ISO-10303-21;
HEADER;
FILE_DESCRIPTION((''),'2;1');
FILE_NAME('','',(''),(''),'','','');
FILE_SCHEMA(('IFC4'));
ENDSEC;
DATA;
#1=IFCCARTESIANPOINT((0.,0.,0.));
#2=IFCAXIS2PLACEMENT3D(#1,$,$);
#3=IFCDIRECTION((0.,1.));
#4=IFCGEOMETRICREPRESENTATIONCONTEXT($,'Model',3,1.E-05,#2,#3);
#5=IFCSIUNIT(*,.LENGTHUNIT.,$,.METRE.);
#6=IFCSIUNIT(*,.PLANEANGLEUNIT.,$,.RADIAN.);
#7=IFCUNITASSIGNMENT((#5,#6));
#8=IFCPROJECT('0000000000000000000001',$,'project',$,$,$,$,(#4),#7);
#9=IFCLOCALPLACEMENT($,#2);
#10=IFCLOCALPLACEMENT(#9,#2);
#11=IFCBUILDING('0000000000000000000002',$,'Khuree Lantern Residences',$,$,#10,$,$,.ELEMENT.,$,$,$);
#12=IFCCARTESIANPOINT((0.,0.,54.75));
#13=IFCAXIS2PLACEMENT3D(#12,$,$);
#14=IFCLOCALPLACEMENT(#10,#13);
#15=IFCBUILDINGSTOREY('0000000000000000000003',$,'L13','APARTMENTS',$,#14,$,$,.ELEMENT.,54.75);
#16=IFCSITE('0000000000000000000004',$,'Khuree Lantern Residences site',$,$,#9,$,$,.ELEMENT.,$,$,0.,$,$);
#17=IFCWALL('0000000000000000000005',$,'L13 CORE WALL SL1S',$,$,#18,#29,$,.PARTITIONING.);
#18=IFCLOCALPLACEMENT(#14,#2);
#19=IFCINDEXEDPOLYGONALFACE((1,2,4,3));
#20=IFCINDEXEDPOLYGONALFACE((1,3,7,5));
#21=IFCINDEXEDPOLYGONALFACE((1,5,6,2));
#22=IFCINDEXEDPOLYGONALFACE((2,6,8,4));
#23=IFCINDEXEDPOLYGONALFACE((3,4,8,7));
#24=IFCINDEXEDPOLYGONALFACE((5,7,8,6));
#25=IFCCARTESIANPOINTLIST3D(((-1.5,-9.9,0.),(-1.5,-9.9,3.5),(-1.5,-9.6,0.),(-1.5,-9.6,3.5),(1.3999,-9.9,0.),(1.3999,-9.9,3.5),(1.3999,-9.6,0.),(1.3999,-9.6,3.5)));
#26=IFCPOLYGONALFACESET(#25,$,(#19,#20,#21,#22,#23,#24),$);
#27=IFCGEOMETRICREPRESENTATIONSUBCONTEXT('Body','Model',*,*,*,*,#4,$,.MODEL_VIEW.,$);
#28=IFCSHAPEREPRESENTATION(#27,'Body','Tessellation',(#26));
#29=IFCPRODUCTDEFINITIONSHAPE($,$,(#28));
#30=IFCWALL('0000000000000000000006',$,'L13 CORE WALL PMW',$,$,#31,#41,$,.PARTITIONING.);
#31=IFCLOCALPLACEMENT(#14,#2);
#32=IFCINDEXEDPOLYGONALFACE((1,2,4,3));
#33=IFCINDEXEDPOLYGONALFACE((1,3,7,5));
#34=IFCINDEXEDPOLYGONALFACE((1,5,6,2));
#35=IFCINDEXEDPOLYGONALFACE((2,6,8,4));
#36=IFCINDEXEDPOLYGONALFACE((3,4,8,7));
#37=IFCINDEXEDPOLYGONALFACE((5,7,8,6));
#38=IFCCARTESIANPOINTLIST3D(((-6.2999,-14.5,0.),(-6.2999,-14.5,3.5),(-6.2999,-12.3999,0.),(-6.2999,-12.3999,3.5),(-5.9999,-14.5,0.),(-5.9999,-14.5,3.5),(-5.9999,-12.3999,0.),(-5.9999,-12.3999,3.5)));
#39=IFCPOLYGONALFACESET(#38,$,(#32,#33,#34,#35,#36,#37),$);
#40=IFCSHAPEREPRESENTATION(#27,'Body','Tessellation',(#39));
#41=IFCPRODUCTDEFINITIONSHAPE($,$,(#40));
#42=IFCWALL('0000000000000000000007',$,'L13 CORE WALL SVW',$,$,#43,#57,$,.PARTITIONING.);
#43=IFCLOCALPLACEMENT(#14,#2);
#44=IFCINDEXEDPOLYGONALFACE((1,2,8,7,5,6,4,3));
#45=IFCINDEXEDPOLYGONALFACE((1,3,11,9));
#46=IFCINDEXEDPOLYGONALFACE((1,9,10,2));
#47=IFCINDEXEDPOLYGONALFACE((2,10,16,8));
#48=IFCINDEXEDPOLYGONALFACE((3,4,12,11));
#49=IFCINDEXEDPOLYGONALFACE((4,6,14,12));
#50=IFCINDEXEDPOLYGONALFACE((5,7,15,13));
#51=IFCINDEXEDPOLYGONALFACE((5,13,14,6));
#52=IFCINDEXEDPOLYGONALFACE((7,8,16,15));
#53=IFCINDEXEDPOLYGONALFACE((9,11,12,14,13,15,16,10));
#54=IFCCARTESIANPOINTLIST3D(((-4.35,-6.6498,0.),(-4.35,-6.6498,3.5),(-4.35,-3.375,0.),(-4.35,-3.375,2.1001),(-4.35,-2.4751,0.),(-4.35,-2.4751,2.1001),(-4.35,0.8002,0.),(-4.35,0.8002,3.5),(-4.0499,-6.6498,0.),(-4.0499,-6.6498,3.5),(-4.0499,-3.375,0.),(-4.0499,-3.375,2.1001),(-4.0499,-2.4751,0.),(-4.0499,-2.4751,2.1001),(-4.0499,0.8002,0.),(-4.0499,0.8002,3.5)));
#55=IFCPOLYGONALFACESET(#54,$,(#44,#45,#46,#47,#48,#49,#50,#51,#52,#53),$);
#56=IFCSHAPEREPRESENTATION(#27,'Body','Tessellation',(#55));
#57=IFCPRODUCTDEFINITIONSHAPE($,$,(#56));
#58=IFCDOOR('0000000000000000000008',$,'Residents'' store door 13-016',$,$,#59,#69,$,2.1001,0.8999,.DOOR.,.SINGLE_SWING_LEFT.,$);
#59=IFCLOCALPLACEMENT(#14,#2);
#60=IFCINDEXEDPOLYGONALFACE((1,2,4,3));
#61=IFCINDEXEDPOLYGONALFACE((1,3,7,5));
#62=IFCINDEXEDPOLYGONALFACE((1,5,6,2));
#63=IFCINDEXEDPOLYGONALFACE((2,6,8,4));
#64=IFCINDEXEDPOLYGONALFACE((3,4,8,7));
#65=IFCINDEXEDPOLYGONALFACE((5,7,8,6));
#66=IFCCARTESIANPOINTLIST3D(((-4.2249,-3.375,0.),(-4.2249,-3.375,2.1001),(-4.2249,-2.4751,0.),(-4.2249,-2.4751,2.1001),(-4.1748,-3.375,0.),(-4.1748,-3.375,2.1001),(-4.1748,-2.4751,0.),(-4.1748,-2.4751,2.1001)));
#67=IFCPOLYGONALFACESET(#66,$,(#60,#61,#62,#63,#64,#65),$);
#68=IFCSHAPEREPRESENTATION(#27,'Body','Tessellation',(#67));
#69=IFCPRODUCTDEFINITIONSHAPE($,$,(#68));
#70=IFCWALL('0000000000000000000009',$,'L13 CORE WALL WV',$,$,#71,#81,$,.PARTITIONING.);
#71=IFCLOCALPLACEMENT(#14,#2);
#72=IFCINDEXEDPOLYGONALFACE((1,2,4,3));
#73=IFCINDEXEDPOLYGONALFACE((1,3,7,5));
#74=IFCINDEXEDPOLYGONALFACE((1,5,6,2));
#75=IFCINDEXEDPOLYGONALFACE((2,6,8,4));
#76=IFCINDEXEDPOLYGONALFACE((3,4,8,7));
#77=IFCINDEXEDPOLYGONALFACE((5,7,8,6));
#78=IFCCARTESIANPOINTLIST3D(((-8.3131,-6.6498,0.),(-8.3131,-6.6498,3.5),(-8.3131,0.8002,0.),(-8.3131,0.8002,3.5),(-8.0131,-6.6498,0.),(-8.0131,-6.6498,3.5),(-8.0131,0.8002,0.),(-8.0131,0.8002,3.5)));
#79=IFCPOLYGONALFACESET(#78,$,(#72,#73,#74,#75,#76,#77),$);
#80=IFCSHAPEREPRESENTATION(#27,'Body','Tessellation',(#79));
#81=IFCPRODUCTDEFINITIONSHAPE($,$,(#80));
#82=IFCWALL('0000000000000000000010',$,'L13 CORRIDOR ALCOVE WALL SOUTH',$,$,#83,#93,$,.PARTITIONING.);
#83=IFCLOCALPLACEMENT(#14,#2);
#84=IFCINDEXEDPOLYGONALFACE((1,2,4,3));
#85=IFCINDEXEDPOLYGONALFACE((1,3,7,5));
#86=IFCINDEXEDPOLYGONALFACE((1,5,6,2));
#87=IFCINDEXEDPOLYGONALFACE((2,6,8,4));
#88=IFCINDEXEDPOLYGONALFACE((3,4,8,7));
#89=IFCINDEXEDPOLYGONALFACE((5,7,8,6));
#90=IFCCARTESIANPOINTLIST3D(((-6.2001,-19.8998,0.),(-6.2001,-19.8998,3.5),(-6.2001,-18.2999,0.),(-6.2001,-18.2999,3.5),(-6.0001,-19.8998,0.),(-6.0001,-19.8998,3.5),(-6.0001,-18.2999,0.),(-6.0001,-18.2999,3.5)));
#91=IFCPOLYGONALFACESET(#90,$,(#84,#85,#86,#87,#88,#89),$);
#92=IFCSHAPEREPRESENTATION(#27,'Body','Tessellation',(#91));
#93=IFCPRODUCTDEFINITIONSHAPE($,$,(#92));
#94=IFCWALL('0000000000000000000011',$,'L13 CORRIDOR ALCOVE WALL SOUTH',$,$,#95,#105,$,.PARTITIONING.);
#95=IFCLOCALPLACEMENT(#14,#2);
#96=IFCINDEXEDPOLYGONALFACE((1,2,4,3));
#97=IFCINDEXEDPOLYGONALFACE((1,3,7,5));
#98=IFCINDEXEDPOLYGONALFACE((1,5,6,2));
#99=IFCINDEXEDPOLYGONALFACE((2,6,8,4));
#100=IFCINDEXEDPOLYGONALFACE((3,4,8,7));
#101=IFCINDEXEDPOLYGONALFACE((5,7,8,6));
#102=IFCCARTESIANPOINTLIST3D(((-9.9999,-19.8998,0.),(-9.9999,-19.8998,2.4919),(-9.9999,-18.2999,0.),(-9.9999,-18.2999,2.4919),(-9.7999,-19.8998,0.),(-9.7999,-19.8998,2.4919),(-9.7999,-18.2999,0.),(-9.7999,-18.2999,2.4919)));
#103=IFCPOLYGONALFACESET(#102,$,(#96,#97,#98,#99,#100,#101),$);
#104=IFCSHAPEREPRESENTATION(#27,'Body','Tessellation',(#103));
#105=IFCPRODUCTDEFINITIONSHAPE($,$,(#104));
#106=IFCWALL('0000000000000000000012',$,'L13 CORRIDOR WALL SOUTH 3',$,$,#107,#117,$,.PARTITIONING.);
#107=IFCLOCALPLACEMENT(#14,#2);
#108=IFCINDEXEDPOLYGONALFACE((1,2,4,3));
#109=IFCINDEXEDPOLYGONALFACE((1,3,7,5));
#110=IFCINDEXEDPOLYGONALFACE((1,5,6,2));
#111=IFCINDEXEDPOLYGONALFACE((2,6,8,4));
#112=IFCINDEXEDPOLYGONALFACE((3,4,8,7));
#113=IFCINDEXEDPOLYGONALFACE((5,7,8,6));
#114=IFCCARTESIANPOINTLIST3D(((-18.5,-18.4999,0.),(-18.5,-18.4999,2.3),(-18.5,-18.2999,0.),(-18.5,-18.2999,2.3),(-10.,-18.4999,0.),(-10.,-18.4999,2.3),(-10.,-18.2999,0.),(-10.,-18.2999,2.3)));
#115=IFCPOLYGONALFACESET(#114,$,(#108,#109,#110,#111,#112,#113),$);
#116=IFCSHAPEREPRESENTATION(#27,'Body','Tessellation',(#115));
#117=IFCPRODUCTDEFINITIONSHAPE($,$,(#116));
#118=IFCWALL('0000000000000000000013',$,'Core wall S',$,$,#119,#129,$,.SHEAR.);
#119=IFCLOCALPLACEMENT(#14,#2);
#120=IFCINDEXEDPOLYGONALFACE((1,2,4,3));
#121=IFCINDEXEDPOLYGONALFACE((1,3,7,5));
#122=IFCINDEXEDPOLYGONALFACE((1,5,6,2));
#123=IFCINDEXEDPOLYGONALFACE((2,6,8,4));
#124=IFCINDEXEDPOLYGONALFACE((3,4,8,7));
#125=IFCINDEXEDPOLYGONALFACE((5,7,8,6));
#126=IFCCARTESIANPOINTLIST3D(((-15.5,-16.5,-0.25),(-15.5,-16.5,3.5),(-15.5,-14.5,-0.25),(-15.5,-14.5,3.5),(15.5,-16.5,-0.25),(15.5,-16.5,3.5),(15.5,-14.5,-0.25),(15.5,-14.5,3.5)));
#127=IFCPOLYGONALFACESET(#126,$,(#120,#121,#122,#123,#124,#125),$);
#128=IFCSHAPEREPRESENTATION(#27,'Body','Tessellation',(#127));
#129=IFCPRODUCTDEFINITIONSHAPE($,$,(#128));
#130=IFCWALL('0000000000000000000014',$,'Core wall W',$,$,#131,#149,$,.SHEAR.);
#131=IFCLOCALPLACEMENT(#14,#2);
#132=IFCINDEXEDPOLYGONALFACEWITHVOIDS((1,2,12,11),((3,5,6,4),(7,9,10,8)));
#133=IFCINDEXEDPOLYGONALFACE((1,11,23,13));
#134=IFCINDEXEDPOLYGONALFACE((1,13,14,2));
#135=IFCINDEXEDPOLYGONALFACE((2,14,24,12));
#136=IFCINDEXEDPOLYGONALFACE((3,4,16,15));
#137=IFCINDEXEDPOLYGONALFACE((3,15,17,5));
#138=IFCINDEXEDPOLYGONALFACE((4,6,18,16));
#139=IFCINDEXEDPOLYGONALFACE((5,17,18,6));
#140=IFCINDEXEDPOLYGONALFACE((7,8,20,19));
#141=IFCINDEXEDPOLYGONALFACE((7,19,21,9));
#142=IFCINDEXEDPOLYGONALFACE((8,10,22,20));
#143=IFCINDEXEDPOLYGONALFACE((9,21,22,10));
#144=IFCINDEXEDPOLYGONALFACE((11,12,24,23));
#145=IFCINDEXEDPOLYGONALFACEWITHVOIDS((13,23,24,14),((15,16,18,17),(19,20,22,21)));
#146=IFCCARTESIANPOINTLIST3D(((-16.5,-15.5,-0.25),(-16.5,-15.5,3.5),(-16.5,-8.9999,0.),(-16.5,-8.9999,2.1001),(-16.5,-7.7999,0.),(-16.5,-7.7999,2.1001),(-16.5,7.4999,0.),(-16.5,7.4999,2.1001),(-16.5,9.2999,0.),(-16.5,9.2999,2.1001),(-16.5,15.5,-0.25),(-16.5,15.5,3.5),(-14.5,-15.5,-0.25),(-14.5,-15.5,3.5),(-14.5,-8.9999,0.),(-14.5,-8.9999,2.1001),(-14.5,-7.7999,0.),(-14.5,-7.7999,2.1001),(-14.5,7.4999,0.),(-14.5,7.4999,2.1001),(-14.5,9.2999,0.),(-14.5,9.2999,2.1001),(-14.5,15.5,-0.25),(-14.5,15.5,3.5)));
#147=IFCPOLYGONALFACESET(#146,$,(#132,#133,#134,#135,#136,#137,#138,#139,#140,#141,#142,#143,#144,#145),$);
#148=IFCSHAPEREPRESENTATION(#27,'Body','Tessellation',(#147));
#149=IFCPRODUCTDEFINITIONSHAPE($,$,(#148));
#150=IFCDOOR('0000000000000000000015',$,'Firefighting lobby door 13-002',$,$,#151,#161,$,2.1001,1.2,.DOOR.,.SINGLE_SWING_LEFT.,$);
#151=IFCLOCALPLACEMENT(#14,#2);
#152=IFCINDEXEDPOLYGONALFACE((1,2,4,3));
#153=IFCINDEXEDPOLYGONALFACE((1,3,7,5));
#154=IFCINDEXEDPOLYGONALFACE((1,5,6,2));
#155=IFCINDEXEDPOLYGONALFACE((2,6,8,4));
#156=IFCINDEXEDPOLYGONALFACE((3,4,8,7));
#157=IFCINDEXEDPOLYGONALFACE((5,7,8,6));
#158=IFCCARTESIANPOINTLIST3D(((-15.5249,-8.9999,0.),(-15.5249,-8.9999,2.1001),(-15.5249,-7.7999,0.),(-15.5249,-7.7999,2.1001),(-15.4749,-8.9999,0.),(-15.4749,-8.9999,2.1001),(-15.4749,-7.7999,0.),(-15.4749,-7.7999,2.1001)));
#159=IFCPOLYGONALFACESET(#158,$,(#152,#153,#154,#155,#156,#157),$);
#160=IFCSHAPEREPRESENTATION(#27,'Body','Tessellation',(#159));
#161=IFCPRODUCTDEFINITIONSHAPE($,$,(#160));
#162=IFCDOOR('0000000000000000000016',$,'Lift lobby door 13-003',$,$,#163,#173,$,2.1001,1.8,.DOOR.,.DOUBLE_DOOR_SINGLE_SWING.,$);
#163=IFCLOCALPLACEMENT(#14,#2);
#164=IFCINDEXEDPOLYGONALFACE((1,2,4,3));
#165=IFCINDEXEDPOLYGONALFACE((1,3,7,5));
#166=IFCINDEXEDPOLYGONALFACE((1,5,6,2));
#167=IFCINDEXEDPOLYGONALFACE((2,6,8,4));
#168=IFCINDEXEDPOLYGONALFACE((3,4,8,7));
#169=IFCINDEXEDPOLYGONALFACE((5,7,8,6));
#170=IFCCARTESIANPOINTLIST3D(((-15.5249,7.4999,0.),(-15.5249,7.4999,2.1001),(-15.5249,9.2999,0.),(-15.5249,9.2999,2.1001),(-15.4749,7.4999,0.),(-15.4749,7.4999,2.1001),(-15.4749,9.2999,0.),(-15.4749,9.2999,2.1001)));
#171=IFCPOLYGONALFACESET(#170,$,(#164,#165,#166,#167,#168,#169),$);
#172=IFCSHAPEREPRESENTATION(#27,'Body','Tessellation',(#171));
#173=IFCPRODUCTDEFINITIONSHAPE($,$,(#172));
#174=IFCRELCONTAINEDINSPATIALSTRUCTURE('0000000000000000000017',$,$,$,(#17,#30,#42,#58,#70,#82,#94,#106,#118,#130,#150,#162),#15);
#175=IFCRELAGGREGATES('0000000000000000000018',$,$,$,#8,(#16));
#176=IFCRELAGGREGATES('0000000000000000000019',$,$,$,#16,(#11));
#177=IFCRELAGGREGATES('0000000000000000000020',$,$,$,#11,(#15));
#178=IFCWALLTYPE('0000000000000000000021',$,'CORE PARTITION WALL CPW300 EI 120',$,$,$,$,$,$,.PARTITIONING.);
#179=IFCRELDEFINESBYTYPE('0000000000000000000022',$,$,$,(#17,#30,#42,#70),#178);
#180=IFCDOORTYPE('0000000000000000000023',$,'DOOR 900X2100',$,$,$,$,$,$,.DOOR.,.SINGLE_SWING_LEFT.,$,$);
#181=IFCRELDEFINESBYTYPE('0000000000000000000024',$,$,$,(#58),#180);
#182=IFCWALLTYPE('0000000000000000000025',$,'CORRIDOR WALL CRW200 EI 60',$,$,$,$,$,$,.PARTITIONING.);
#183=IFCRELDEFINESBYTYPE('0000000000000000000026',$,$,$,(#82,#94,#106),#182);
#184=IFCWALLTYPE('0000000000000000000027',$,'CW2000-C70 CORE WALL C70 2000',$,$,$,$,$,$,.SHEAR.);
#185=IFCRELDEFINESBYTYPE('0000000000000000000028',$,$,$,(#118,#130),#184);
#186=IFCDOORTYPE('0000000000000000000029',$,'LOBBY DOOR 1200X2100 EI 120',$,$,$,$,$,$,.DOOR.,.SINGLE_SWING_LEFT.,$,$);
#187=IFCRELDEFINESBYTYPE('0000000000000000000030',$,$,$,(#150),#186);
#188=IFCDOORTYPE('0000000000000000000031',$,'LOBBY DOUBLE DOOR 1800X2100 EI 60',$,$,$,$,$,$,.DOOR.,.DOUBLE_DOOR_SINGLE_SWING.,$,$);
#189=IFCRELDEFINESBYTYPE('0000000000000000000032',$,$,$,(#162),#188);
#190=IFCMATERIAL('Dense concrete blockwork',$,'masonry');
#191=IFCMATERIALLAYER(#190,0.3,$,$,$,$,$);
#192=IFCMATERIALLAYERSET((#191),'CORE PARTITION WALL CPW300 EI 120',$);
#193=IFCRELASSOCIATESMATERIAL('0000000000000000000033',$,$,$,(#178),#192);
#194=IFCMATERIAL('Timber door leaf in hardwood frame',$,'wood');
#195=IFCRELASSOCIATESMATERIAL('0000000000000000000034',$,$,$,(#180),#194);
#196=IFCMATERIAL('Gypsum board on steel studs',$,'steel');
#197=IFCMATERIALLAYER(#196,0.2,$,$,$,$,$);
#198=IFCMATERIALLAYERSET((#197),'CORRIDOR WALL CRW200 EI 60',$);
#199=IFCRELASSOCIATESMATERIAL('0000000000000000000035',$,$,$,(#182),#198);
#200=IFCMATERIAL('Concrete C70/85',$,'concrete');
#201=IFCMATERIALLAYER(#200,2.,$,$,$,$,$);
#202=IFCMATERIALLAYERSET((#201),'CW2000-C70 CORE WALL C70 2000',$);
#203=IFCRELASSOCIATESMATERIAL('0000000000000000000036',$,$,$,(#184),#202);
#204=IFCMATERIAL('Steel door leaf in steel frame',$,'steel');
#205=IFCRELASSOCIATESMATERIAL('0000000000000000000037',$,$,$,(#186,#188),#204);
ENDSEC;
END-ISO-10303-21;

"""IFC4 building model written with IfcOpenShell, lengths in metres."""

from ifc_helpers import new_model, si_unit, direction, frame, frame_2d, origin, place, context, subcontext, project, spatial, rectangle, extrude, material, layer, layer_set, type_object, element, fill, save


model = new_model("IFC4")

# Units and contexts
model_context = context("Model", 3, precision=1e-05, world=origin(), true_north=direction((0.0, 1.0)))
body_context = subcontext(model_context, "Body", "Model", "MODEL_VIEW")
ifc_project = project(units=[si_unit("LENGTHUNIT", "METRE"), si_unit("PLANEANGLEUNIT", "RADIAN")], contexts=[model_context])

# Site, building, storey
site_placement = place(None, origin())
site = spatial("IfcSite", under=ifc_project, at=site_placement, Name="Khuree Lantern Residences site", CompositionType="ELEMENT", RefElevation=0.0)
building_placement = place(site_placement, origin())
building = spatial("IfcBuilding", under=site, at=building_placement, Name="Khuree Lantern Residences", CompositionType="ELEMENT")
storey_placement = place(building_placement, frame((0.0, 0.0, 54.75)))
storey = spatial("IfcBuildingStorey", under=building, at=storey_placement, Name="L13", Description="APARTMENTS", CompositionType="ELEMENT", Elevation=54.75)

# Shared definitions
ifc_material_1 = material(Name="Concrete C70/85", Category="concrete")

# Shared definitions
ifc_material_2 = material(Name="Dense concrete blockwork", Category="masonry")
ifc_layer_1 = layer(ifc_material_2, 0.3)
ifc_layer_set_1 = layer_set([ifc_layer_1], Name="CORE PARTITION WALL CPW300 EI 120")
wall_type_1 = type_object("IfcWallType", Name="CORE PARTITION WALL CPW300 EI 120", PredefinedType="PARTITIONING", material=ifc_layer_set_1)

# Shared definitions
ifc_material_3 = material(Name="Steel door leaf in steel frame", Category="steel")

# Walls
for number, where, z_axis, x_axis, name in (
    (1, (-1.5, -9.75, 0.0), (0.0, 0.0, 1.0), (1.0, 0.0, 0.0), "L13 CORE WALL SL1S"),
):
    element("IfcWall", number, at=place(storey_placement, frame(where, z_axis=z_axis, x_axis=x_axis)), inside=storey, type_object=wall_type_1, Name=name, PredefinedType="PARTITIONING", context=body_context, shape_type="SweptSolid", body=[
        extrude(rectangle(XDim=2.8999, YDim=0.3, at=frame_2d((1.45, 0.0))), origin(), (0.0, 0.0, 1.0), 3.5),
    ])
wall_1_placement = place(storey_placement, frame((-6.1499, -14.5, 0.0), z_axis=(0.0, 0.0, 1.0), x_axis=(0.0, 1.0, 0.0)))
element("IfcWall", 2, at=wall_1_placement, inside=storey, type_object=wall_type_1, Name="L13 CORE WALL PMW", PredefinedType="PARTITIONING", context=body_context, shape_type="SweptSolid", body=[
    extrude(rectangle(XDim=2.1001, YDim=0.3, at=frame_2d((1.05, 0.0))), origin(), (0.0, 0.0, 1.0), 3.5),
])

# Wall, opening, door
wall_2_placement = place(storey_placement, frame((-4.2, -6.6499, 0.0), z_axis=(0.0, 0.0, 1.0), x_axis=(0.0, 1.0, 0.0)))
wall_2 = element("IfcWall", 3, at=wall_2_placement, inside=storey, type_object=wall_type_1, Name="L13 CORE WALL SVW", PredefinedType="PARTITIONING", context=body_context, shape_type="SweptSolid", body=[
    extrude(rectangle(XDim=7.45, YDim=0.3, at=frame_2d((3.7251, 0.0))), origin(), (0.0, 0.0, 1.0), 3.5),
])
opening_1_placement = place(wall_2_placement, frame((3.2749, 0.0, 0.0)))
opening_1 = element("IfcOpeningElement", 4, at=opening_1_placement, cuts=wall_2, PredefinedType="OPENING", context=body_context, shape_type="SweptSolid", body=[
    extrude(rectangle(XDim=0.8999, YDim=2.1001, at=frame_2d((0.45, 1.05))), frame((0.0, 0.1602, 0.0), z_axis=(0.0, -1.0, 0.0), x_axis=(1.0, 0.0, 0.0)), (0.0, 0.0, 1.0), 0.3201),
])
ifc_material_4 = material(Name="Timber door leaf in hardwood frame", Category="wood")
door_type_1 = type_object("IfcDoorType", Name="DOOR 900X2100", OperationType="SINGLE_SWING_LEFT", PredefinedType="DOOR", material=ifc_material_4)
door_1_placement = place(opening_1_placement, origin())
door_1 = element("IfcDoor", 5, at=door_1_placement, inside=storey, type_object=door_type_1, Name="Residents' store door 13-016", OperationType="SINGLE_SWING_LEFT", OverallHeight=2.1001, OverallWidth=0.8999, PredefinedType="DOOR", context=body_context, shape_type="SweptSolid", body=[
    extrude(rectangle(XDim=0.8999, YDim=2.1001, at=frame_2d((0.45, 1.05))), frame((0.0, 0.0249, 0.0), z_axis=(0.0, -1.0, 0.0), x_axis=(1.0, 0.0, 0.0)), (0.0, 0.0, 1.0), 0.05),
])
fill(opening_1, door_1)

# Walls
wall_3_placement = place(storey_placement, frame((-8.1631, -6.6499, 0.0), z_axis=(0.0, 0.0, 1.0), x_axis=(0.0, 1.0, 0.0)))
element("IfcWall", 6, at=wall_3_placement, inside=storey, type_object=wall_type_1, Name="L13 CORE WALL WV", PredefinedType="PARTITIONING", context=body_context, shape_type="SweptSolid", body=[
    extrude(rectangle(XDim=7.45, YDim=0.3, at=frame_2d((3.7251, 0.0))), origin(), (0.0, 0.0, 1.0), 3.5),
])
ifc_material_5 = material(Name="Gypsum board on steel studs", Category="steel")
ifc_layer_2 = layer(ifc_material_5, 0.2)
ifc_layer_set_2 = layer_set([ifc_layer_2], Name="CORRIDOR WALL CRW200 EI 60")
wall_type_2 = type_object("IfcWallType", Name="CORRIDOR WALL CRW200 EI 60", PredefinedType="PARTITIONING", material=ifc_layer_set_2)
wall_4_placement = place(storey_placement, frame((-6.1001, -18.3, 0.0), z_axis=(0.0, 0.0, 1.0), x_axis=(0.0, -1.0, 0.0)))
element("IfcWall", 7, at=wall_4_placement, inside=storey, type_object=wall_type_2, Name="L13 CORRIDOR ALCOVE WALL SOUTH", PredefinedType="PARTITIONING", context=body_context, shape_type="SweptSolid", body=[
    extrude(rectangle(XDim=1.5999, YDim=0.2, at=frame_2d((0.7998, 0.0))), origin(), (0.0, 0.0, 1.0), 3.5),
])
wall_5_placement = place(storey_placement, frame((-9.8999, -18.3, 0.0), z_axis=(0.0, 0.0, 1.0), x_axis=(0.0, -1.0, 0.0)))
element("IfcWall", 8, at=wall_5_placement, inside=storey, type_object=wall_type_2, Name="L13 CORRIDOR ALCOVE WALL SOUTH", PredefinedType="PARTITIONING", context=body_context, shape_type="SweptSolid", body=[
    extrude(rectangle(XDim=1.5999, YDim=0.2, at=frame_2d((0.7998, 0.0))), origin(), (0.0, 0.0, 1.0), 2.4919),
])
wall_6_placement = place(storey_placement, frame((-10.0, -18.3999, 0.0), z_axis=(0.0, 0.0, 1.0), x_axis=(-1.0, 0.0, 0.0)))
element("IfcWall", 9, at=wall_6_placement, inside=storey, type_object=wall_type_2, Name="L13 CORRIDOR WALL SOUTH 3", PredefinedType="PARTITIONING", context=body_context, shape_type="SweptSolid", body=[
    extrude(rectangle(XDim=8.5, YDim=0.2, at=frame_2d((4.25, 0.0))), origin(), (0.0, 0.0, 1.0), 2.3),
])
ifc_layer_3 = layer(ifc_material_1, 2.0)
ifc_layer_set_3 = layer_set([ifc_layer_3], Name="CW2000-C70 CORE WALL C70 2000")
wall_type_3 = type_object("IfcWallType", Name="CW2000-C70 CORE WALL C70 2000", PredefinedType="SHEAR", material=ifc_layer_set_3)
wall_7_placement = place(storey_placement, frame((-15.5, -15.5, -0.25), z_axis=(0.0, 0.0, 1.0), x_axis=(1.0, 0.0, 0.0)))
element("IfcWall", 10, at=wall_7_placement, inside=storey, type_object=wall_type_3, Name="Core wall S", PredefinedType="SHEAR", context=body_context, shape_type="SweptSolid", body=[
    extrude(rectangle(XDim=31.0, YDim=2.0, at=frame_2d((15.5, 0.0))), origin(), (0.0, 0.0, 1.0), 3.75),
])

# Wall, openings, doors
wall_8_placement = place(storey_placement, frame((-15.5, -15.5, -0.25), z_axis=(0.0, 0.0, 1.0), x_axis=(0.0, 1.0, 0.0)))
wall_8 = element("IfcWall", 11, at=wall_8_placement, inside=storey, type_object=wall_type_3, Name="Core wall W", PredefinedType="SHEAR", context=body_context, shape_type="SweptSolid", body=[
    extrude(rectangle(XDim=31.0, YDim=2.0, at=frame_2d((15.5, 0.0))), origin(), (0.0, 0.0, 1.0), 3.75),
])
opening_2_placement = place(wall_8_placement, frame((6.5, 0.0, 0.25)))
opening_2 = element("IfcOpeningElement", 12, at=opening_2_placement, cuts=wall_8, PredefinedType="OPENING", context=body_context, shape_type="SweptSolid", body=[
    extrude(rectangle(XDim=1.2, YDim=2.1001, at=frame_2d((0.6001, 1.05))), frame((0.0, 1.01, 0.0), z_axis=(0.0, -1.0, 0.0), x_axis=(1.0, 0.0, 0.0)), (0.0, 0.0, 1.0), 2.02),
])
opening_3_placement = place(wall_8_placement, frame((23.0, 0.0, 0.25)))
opening_3 = element("IfcOpeningElement", 13, at=opening_3_placement, cuts=wall_8, PredefinedType="OPENING", context=body_context, shape_type="SweptSolid", body=[
    extrude(rectangle(XDim=1.8, YDim=2.1001, at=frame_2d((0.8999, 1.05))), frame((0.0, 1.01, 0.0), z_axis=(0.0, -1.0, 0.0), x_axis=(1.0, 0.0, 0.0)), (0.0, 0.0, 1.0), 2.02),
])
door_type_2 = type_object("IfcDoorType", Name="LOBBY DOOR 1200X2100 EI 120", OperationType="SINGLE_SWING_LEFT", PredefinedType="DOOR", material=ifc_material_3)
door_2_placement = place(opening_2_placement, origin())
door_2 = element("IfcDoor", 14, at=door_2_placement, inside=storey, type_object=door_type_2, Name="Firefighting lobby door 13-002", OperationType="SINGLE_SWING_LEFT", OverallHeight=2.1001, OverallWidth=1.2, PredefinedType="DOOR", context=body_context, shape_type="SweptSolid", body=[
    extrude(rectangle(XDim=1.2, YDim=2.1001, at=frame_2d((0.6001, 1.05))), frame((0.0, 0.0249, 0.0), z_axis=(0.0, -1.0, 0.0), x_axis=(1.0, 0.0, 0.0)), (0.0, 0.0, 1.0), 0.05),
])
fill(opening_2, door_2)
door_type_3 = type_object("IfcDoorType", Name="LOBBY DOUBLE DOOR 1800X2100 EI 60", OperationType="DOUBLE_DOOR_SINGLE_SWING", PredefinedType="DOOR", material=ifc_material_3)
door_3_placement = place(opening_3_placement, origin())
door_3 = element("IfcDoor", 15, at=door_3_placement, inside=storey, type_object=door_type_3, Name="Lift lobby door 13-003", OperationType="DOUBLE_DOOR_SINGLE_SWING", OverallHeight=2.1001, OverallWidth=1.8, PredefinedType="DOOR", context=body_context, shape_type="SweptSolid", body=[
    extrude(rectangle(XDim=1.8, YDim=2.1001, at=frame_2d((0.8999, 1.05))), frame((0.0, 0.0249, 0.0), z_axis=(0.0, -1.0, 0.0), x_axis=(1.0, 0.0, 0.0)), (0.0, 0.0, 1.0), 0.05),
])
fill(opening_3, door_3)

save(model, "model.ifc")
